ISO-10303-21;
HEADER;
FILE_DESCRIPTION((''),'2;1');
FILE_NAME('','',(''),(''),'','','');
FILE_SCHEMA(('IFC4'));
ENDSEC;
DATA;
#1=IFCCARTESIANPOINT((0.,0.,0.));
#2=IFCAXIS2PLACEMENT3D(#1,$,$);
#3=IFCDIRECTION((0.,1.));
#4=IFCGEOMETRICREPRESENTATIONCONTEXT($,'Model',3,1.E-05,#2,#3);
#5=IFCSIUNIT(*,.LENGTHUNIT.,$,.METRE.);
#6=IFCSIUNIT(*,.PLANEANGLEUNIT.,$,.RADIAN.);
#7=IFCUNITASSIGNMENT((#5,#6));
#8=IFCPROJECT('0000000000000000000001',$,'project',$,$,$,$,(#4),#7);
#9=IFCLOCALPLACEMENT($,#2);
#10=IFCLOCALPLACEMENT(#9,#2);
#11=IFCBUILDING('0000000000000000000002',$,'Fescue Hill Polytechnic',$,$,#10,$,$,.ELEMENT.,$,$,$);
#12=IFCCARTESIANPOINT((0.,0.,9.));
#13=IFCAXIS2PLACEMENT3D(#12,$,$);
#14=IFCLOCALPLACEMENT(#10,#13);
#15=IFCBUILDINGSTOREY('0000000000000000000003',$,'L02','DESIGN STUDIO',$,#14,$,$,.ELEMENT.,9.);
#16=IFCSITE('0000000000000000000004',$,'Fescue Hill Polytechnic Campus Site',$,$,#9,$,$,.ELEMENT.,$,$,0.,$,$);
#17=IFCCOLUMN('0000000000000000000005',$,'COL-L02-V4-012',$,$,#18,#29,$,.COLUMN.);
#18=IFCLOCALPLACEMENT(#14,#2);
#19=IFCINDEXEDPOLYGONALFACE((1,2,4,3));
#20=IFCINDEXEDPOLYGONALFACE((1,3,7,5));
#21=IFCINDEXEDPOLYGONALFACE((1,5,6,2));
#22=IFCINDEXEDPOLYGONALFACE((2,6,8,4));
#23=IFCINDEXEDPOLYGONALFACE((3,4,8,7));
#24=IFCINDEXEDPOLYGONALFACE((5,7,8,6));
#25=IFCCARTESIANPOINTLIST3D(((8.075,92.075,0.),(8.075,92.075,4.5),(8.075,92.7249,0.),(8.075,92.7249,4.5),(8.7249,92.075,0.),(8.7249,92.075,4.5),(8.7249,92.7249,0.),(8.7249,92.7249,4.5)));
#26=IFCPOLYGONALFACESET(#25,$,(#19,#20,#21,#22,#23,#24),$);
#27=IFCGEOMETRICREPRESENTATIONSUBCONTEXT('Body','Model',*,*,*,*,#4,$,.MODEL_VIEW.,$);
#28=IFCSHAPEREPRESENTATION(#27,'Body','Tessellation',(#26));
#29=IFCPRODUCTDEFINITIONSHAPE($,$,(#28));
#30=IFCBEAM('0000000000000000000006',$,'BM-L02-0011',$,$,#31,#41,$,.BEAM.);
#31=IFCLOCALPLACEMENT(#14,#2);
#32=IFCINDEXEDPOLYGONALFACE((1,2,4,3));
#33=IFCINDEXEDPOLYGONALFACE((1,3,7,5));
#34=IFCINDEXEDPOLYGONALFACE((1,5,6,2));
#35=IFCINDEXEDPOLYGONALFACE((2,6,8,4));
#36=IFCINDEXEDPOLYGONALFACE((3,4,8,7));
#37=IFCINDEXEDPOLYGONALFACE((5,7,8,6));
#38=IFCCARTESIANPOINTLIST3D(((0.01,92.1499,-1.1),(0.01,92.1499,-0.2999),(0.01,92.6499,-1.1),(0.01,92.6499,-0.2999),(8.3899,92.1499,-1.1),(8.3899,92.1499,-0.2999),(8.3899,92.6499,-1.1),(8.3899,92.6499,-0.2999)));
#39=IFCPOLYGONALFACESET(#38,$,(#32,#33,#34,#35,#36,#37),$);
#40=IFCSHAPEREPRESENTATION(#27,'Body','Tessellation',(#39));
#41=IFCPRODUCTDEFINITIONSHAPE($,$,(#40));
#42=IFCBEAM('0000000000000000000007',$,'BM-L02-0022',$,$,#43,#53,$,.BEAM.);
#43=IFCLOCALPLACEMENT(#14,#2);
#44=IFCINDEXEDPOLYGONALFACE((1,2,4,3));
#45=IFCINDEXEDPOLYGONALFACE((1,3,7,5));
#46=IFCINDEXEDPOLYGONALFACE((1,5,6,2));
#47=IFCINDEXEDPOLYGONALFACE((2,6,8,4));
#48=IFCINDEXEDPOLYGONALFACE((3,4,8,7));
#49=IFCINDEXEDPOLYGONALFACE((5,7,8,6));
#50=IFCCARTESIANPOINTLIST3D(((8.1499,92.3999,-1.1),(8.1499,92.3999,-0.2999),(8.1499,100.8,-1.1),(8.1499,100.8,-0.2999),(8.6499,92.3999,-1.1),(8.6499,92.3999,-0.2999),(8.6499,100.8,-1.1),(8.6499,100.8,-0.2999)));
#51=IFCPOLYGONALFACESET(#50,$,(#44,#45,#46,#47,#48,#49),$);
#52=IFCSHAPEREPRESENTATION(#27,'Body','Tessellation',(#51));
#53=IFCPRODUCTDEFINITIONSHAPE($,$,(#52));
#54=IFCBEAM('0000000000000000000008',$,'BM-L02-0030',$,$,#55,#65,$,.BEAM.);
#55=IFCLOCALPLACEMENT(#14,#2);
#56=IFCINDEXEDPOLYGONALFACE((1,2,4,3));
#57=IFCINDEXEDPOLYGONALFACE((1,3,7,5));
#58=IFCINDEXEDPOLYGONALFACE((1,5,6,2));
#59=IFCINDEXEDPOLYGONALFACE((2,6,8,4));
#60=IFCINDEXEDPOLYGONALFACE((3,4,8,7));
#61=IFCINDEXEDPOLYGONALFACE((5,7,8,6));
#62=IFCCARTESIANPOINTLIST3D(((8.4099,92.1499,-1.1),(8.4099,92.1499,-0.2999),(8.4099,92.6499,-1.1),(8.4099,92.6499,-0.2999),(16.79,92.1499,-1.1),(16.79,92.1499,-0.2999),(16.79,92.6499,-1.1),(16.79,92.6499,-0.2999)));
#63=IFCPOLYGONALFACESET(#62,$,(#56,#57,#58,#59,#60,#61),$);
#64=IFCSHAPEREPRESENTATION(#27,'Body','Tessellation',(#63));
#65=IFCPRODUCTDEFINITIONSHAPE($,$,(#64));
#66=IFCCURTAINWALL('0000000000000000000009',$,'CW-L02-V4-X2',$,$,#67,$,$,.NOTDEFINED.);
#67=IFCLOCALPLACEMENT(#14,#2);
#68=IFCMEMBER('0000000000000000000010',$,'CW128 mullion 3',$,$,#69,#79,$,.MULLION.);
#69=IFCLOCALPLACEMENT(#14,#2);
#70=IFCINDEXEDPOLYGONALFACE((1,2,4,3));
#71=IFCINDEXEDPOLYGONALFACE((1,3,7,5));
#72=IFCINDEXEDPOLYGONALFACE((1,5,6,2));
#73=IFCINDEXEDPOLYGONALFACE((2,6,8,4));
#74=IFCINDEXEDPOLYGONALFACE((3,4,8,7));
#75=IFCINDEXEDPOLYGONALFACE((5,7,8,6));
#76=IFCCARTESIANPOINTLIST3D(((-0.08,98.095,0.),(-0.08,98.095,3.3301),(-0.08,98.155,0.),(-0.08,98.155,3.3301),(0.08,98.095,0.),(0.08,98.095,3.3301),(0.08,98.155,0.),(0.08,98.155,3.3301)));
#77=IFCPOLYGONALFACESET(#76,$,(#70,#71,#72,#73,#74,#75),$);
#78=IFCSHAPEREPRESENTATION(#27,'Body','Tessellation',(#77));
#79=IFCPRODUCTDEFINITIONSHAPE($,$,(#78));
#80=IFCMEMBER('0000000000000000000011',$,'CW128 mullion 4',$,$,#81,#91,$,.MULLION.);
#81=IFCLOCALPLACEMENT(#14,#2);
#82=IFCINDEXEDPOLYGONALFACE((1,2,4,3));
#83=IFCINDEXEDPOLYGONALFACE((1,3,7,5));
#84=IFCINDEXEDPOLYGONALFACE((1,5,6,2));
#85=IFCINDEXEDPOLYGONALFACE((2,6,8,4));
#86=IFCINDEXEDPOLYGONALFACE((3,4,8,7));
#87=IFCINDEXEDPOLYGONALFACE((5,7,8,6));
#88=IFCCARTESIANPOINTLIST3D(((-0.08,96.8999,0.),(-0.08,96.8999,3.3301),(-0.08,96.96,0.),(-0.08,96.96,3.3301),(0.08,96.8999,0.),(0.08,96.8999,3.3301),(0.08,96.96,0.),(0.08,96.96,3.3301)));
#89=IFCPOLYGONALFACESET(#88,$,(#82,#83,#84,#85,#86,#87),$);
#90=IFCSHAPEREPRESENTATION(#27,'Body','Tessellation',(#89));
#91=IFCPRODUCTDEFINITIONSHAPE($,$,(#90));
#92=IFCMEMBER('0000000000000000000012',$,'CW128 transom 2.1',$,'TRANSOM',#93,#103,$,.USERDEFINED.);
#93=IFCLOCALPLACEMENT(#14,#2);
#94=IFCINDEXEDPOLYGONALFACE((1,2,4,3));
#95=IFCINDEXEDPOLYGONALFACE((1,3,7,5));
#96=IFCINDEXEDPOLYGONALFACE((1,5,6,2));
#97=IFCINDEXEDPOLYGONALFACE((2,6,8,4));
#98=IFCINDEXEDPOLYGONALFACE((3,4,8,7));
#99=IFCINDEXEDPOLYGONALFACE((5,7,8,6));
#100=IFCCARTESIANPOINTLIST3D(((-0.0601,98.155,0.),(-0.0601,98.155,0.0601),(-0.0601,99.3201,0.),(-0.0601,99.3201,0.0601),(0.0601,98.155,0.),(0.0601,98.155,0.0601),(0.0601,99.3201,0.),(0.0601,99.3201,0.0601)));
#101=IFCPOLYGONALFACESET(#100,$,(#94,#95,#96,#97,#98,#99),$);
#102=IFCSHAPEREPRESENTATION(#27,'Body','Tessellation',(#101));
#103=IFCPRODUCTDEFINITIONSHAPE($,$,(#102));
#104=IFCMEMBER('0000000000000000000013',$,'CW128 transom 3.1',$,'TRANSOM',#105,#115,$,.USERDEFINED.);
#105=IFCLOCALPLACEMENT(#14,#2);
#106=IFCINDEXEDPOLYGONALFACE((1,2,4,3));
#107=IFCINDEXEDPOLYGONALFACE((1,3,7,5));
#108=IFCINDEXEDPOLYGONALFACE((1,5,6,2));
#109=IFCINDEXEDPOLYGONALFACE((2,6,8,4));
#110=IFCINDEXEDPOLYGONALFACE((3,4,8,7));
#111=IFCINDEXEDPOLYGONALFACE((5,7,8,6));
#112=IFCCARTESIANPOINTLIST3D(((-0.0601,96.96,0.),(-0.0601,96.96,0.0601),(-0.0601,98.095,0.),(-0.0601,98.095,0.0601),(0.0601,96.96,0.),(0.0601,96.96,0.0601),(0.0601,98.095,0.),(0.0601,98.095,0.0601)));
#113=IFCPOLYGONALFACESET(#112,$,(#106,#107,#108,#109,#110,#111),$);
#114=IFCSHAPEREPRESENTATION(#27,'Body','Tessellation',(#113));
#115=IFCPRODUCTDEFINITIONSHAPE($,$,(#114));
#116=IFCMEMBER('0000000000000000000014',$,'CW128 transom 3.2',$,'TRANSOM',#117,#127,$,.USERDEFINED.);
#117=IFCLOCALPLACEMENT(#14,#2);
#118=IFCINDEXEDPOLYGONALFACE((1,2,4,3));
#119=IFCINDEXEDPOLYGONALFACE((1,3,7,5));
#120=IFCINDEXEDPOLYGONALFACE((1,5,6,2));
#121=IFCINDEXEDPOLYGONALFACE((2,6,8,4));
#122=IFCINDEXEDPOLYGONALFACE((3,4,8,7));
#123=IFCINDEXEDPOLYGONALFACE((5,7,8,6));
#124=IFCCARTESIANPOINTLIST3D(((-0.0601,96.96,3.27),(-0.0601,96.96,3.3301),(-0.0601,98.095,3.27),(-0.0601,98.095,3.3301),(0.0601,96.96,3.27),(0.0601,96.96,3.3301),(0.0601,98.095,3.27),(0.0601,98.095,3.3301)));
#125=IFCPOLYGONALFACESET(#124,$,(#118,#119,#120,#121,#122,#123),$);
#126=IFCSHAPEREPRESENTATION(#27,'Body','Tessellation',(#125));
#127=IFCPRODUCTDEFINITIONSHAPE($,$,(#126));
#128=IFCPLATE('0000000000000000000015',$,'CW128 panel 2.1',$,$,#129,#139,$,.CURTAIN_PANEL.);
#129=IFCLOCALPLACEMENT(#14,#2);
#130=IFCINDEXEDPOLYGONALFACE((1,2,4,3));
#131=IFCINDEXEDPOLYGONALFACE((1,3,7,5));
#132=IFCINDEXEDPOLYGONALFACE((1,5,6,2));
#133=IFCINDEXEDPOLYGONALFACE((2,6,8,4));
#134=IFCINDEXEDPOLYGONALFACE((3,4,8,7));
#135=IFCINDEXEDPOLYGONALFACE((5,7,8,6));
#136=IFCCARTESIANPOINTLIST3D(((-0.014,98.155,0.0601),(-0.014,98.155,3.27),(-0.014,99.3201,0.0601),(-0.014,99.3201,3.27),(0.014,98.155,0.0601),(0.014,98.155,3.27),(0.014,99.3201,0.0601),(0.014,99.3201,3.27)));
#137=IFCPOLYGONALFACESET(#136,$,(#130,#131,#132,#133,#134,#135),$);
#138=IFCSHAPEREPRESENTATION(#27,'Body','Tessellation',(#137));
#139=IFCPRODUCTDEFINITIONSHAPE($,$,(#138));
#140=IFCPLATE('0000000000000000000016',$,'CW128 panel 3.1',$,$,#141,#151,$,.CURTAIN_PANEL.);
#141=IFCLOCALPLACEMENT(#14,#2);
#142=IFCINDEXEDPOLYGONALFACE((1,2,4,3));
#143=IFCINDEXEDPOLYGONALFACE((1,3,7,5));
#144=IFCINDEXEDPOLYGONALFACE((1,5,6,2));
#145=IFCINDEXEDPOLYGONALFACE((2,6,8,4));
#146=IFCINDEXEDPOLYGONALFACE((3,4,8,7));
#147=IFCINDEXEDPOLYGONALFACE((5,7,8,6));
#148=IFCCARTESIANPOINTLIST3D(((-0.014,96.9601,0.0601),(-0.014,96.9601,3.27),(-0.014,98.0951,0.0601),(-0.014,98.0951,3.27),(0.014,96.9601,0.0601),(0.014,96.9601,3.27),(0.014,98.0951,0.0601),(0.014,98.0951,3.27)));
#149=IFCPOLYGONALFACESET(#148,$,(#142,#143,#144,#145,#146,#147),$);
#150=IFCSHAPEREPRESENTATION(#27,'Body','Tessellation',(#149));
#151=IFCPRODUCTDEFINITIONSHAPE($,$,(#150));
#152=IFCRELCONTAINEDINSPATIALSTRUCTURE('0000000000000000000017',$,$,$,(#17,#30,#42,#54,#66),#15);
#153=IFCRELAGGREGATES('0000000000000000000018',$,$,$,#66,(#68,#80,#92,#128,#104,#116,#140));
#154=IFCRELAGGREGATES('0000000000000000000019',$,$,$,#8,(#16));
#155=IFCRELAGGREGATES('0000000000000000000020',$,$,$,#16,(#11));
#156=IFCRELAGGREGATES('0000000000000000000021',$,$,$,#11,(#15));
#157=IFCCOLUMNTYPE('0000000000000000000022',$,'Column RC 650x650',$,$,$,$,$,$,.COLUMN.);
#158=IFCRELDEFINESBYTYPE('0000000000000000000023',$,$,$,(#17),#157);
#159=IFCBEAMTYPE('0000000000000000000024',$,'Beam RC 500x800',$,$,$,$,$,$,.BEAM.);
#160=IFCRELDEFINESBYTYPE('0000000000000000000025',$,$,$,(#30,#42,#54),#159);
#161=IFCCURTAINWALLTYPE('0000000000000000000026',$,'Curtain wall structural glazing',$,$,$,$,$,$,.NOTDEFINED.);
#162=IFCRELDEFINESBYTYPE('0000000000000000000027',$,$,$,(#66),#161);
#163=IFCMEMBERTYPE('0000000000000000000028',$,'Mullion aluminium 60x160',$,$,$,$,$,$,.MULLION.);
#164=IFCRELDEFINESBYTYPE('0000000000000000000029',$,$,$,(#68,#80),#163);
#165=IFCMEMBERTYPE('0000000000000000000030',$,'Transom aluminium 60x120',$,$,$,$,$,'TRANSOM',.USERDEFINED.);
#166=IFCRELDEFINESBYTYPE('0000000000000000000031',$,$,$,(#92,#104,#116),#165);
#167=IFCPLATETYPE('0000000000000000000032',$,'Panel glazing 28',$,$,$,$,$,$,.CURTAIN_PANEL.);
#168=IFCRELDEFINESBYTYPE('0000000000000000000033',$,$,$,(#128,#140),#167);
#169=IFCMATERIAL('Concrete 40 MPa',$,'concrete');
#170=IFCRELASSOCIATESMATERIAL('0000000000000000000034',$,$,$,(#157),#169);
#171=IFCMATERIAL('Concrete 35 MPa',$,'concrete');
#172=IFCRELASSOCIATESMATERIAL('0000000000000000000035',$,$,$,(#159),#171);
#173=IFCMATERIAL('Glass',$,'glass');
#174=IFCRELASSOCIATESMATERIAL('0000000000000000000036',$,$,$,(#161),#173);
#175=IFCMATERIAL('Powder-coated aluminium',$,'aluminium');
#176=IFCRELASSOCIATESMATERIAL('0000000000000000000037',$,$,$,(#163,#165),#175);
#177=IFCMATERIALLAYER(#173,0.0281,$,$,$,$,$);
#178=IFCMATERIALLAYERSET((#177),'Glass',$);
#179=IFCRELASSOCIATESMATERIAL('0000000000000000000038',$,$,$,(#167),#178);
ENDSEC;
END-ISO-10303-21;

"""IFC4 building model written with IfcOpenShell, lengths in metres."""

from ifc_helpers import new_model, si_unit, direction, frame, origin, origin_2d, place, context, subcontext, project, spatial, rectangle, extrude, material, layer, layer_set, material_profile, profile_set, type_object, element, aggregate, save


model = new_model("IFC4")

# Units and contexts
model_context = context("Model", 3, precision=1e-05, world=origin(), true_north=direction((0.0, 1.0)))
body_context = subcontext(model_context, "Body", "Model", "MODEL_VIEW")
ifc_project = project(units=[si_unit("LENGTHUNIT", "METRE"), si_unit("PLANEANGLEUNIT", "RADIAN")], contexts=[model_context])

# Site, building, storey
site_placement = place(None, origin())
site = spatial("IfcSite", under=ifc_project, at=site_placement, Name="Fescue Hill Polytechnic Campus Site", CompositionType="ELEMENT", RefElevation=0.0)
building_placement = place(site_placement, origin())
building = spatial("IfcBuilding", under=site, at=building_placement, Name="Fescue Hill Polytechnic", CompositionType="ELEMENT")
storey_placement = place(building_placement, frame((0.0, 0.0, 9.0)))
storey = spatial("IfcBuildingStorey", under=building, at=storey_placement, Name="L02", Description="DESIGN STUDIO", CompositionType="ELEMENT", Elevation=9.0)

# Column
ifc_material_1 = material(Name="Concrete 40 MPa", Category="concrete")
ifc_material_profile_1 = material_profile(ifc_material_1, rectangle(XDim=0.6499, YDim=0.6499, at=origin_2d()), Name="RC 650x650")
ifc_profile_set_1 = profile_set([ifc_material_profile_1], Name="Concrete 40 MPa")
column_type = type_object("IfcColumnType", Name="Column RC 650x650", PredefinedType="COLUMN", material=ifc_profile_set_1)
column_placement = place(storey_placement, frame((8.3999, 92.3999, 0.0), z_axis=(0.0, 0.0, 1.0), x_axis=(1.0, 0.0, 0.0)))
element("IfcColumn", 1, at=column_placement, inside=storey, type_object=column_type, Name="COL-L02-V4-012", PredefinedType="COLUMN", context=body_context, shape_type="SweptSolid", body=[
    extrude(rectangle(XDim=0.6499, YDim=0.6499, at=origin_2d()), origin(), (0.0, 0.0, 1.0), 4.5),
])

# Beams
ifc_material_2 = material(Name="Concrete 35 MPa", Category="concrete")
ifc_material_profile_2 = material_profile(ifc_material_2, rectangle(XDim=0.5, YDim=0.8, at=origin_2d()), Name="RC 500x800")
ifc_profile_set_2 = profile_set([ifc_material_profile_2], Name="Concrete 35 MPa")
beam_type = type_object("IfcBeamType", Name="Beam RC 500x800", PredefinedType="BEAM", material=ifc_profile_set_2)
beam_1_placement = place(storey_placement, frame((0.01, 92.3999, -0.7), z_axis=(1.0, 0.0, 0.0), x_axis=(0.0, 1.0, 0.0)))
element("IfcBeam", 2, at=beam_1_placement, inside=storey, type_object=beam_type, Name="BM-L02-0011", PredefinedType="BEAM", context=body_context, shape_type="SweptSolid", body=[
    extrude(rectangle(XDim=0.5, YDim=0.8, at=origin_2d()), origin(), (0.0, 0.0, 1.0), 8.3799),
])
beam_2_placement = place(storey_placement, frame((8.3999, 92.3999, -0.7), z_axis=(0.0, 1.0, 0.0), x_axis=(-1.0, 0.0, 0.0)))
element("IfcBeam", 3, at=beam_2_placement, inside=storey, type_object=beam_type, Name="BM-L02-0022", PredefinedType="BEAM", context=body_context, shape_type="SweptSolid", body=[
    extrude(rectangle(XDim=0.5, YDim=0.8, at=origin_2d()), origin(), (0.0, 0.0, 1.0), 8.4001),
])
beam_3_placement = place(storey_placement, frame((8.4099, 92.3999, -0.7), z_axis=(1.0, 0.0, 0.0), x_axis=(0.0, 1.0, 0.0)))
element("IfcBeam", 4, at=beam_3_placement, inside=storey, type_object=beam_type, Name="BM-L02-0030", PredefinedType="BEAM", context=body_context, shape_type="SweptSolid", body=[
    extrude(rectangle(XDim=0.5, YDim=0.8, at=origin_2d()), origin(), (0.0, 0.0, 1.0), 8.3801),
])

# Curtain wall, members, plates
ifc_material_3 = material(Name="Glass", Category="glass")
curtain_wall_type = type_object("IfcCurtainWallType", Name="Curtain wall structural glazing", PredefinedType="NOTDEFINED", material=ifc_material_3)
curtain_wall_placement = place(storey_placement, origin())
curtain_wall = element("IfcCurtainWall", 5, at=curtain_wall_placement, inside=storey, type_object=curtain_wall_type, Name="CW-L02-V4-X2", PredefinedType="NOTDEFINED")
ifc_material_4 = material(Name="Powder-coated aluminium", Category="aluminium")
ifc_material_profile_3 = material_profile(ifc_material_4, rectangle(XDim=0.1599, YDim=0.0601, at=origin_2d()), Name="Mullion aluminium 60x160")
ifc_profile_set_3 = profile_set([ifc_material_profile_3], Name="Powder-coated aluminium")
member_type_1 = type_object("IfcMemberType", Name="Mullion aluminium 60x160", PredefinedType="MULLION", material=ifc_profile_set_3)
member_1_placement = place(storey_placement, frame((0.0, 98.125, 0.0), z_axis=(0.0, 0.0, 1.0), x_axis=(1.0, 0.0, 0.0)))
member_1 = element("IfcMember", 6, at=member_1_placement, type_object=member_type_1, Name="CW128 mullion 3", PredefinedType="MULLION", context=body_context, shape_type="SweptSolid", body=[
    extrude(rectangle(XDim=0.1599, YDim=0.0601, at=origin_2d()), origin(), (0.0, 0.0, 1.0), 3.3301),
])
member_2_placement = place(storey_placement, frame((0.0, 96.9299, 0.0), z_axis=(0.0, 0.0, 1.0), x_axis=(1.0, 0.0, 0.0)))
member_2 = element("IfcMember", 7, at=member_2_placement, type_object=member_type_1, Name="CW128 mullion 4", PredefinedType="MULLION", context=body_context, shape_type="SweptSolid", body=[
    extrude(rectangle(XDim=0.1599, YDim=0.0601, at=origin_2d()), origin(), (0.0, 0.0, 1.0), 3.3301),
])
ifc_material_profile_4 = material_profile(ifc_material_4, rectangle(XDim=0.1201, YDim=0.0601, at=origin_2d()), Name="Transom aluminium 60x120")
ifc_profile_set_4 = profile_set([ifc_material_profile_4], Name="Powder-coated aluminium")
member_type_2 = type_object("IfcMemberType", Name="Transom aluminium 60x120", ElementType="TRANSOM", PredefinedType="USERDEFINED", material=ifc_profile_set_4)
member_3_placement = place(storey_placement, frame((0.0, 99.3201, 0.03), z_axis=(0.0, -1.0, 0.0), x_axis=(1.0, 0.0, 0.0)))
member_3 = element("IfcMember", 8, at=member_3_placement, type_object=member_type_2, Name="CW128 transom 2.1", ObjectType="TRANSOM", PredefinedType="USERDEFINED", context=body_context, shape_type="SweptSolid", body=[
    extrude(rectangle(XDim=0.1201, YDim=0.0601, at=origin_2d()), origin(), (0.0, 0.0, 1.0), 1.165),
])
member_4_placement = place(storey_placement, frame((0.0, 98.095, 0.03), z_axis=(0.0, -1.0, 0.0), x_axis=(1.0, 0.0, 0.0)))
member_4 = element("IfcMember", 9, at=member_4_placement, type_object=member_type_2, Name="CW128 transom 3.1", ObjectType="TRANSOM", PredefinedType="USERDEFINED", context=body_context, shape_type="SweptSolid", body=[
    extrude(rectangle(XDim=0.1201, YDim=0.0601, at=origin_2d()), origin(), (0.0, 0.0, 1.0), 1.135),
])
member_5_placement = place(storey_placement, frame((0.0, 98.095, 3.3), z_axis=(0.0, -1.0, 0.0), x_axis=(1.0, 0.0, 0.0)))
member_5 = element("IfcMember", 10, at=member_5_placement, type_object=member_type_2, Name="CW128 transom 3.2", ObjectType="TRANSOM", PredefinedType="USERDEFINED", context=body_context, shape_type="SweptSolid", body=[
    extrude(rectangle(XDim=0.1201, YDim=0.0601, at=origin_2d()), origin(), (0.0, 0.0, 1.0), 1.135),
])
ifc_layer_1 = layer(ifc_material_3, 0.0281)
ifc_layer_set_1 = layer_set([ifc_layer_1], Name="Glass")
plate_type = type_object("IfcPlateType", Name="Panel glazing 28", PredefinedType="CURTAIN_PANEL", material=ifc_layer_set_1)
plate_1_placement = place(storey_placement, frame((0.0, 98.7375, 0.0601), z_axis=(0.0, 0.0, 1.0), x_axis=(0.0, -1.0, 0.0)))
plate_1 = element("IfcPlate", 11, at=plate_1_placement, type_object=plate_type, Name="CW128 panel 2.1", PredefinedType="CURTAIN_PANEL", context=body_context, shape_type="SweptSolid", body=[
    extrude(rectangle(XDim=1.165, YDim=0.0281, at=origin_2d()), origin(), (0.0, 0.0, 1.0), 3.21),
])
plate_2_placement = place(storey_placement, frame((0.0, 97.5276, 0.0601), z_axis=(0.0, 0.0, 1.0), x_axis=(0.0, -1.0, 0.0)))
plate_2 = element("IfcPlate", 12, at=plate_2_placement, type_object=plate_type, Name="CW128 panel 3.1", PredefinedType="CURTAIN_PANEL", context=body_context, shape_type="SweptSolid", body=[
    extrude(rectangle(XDim=1.135, YDim=0.0281, at=origin_2d()), origin(), (0.0, 0.0, 1.0), 3.21),
])
aggregate(curtain_wall, [member_1, member_2, member_3, plate_1, member_4, member_5, plate_2])

save(model, "model.ifc")
